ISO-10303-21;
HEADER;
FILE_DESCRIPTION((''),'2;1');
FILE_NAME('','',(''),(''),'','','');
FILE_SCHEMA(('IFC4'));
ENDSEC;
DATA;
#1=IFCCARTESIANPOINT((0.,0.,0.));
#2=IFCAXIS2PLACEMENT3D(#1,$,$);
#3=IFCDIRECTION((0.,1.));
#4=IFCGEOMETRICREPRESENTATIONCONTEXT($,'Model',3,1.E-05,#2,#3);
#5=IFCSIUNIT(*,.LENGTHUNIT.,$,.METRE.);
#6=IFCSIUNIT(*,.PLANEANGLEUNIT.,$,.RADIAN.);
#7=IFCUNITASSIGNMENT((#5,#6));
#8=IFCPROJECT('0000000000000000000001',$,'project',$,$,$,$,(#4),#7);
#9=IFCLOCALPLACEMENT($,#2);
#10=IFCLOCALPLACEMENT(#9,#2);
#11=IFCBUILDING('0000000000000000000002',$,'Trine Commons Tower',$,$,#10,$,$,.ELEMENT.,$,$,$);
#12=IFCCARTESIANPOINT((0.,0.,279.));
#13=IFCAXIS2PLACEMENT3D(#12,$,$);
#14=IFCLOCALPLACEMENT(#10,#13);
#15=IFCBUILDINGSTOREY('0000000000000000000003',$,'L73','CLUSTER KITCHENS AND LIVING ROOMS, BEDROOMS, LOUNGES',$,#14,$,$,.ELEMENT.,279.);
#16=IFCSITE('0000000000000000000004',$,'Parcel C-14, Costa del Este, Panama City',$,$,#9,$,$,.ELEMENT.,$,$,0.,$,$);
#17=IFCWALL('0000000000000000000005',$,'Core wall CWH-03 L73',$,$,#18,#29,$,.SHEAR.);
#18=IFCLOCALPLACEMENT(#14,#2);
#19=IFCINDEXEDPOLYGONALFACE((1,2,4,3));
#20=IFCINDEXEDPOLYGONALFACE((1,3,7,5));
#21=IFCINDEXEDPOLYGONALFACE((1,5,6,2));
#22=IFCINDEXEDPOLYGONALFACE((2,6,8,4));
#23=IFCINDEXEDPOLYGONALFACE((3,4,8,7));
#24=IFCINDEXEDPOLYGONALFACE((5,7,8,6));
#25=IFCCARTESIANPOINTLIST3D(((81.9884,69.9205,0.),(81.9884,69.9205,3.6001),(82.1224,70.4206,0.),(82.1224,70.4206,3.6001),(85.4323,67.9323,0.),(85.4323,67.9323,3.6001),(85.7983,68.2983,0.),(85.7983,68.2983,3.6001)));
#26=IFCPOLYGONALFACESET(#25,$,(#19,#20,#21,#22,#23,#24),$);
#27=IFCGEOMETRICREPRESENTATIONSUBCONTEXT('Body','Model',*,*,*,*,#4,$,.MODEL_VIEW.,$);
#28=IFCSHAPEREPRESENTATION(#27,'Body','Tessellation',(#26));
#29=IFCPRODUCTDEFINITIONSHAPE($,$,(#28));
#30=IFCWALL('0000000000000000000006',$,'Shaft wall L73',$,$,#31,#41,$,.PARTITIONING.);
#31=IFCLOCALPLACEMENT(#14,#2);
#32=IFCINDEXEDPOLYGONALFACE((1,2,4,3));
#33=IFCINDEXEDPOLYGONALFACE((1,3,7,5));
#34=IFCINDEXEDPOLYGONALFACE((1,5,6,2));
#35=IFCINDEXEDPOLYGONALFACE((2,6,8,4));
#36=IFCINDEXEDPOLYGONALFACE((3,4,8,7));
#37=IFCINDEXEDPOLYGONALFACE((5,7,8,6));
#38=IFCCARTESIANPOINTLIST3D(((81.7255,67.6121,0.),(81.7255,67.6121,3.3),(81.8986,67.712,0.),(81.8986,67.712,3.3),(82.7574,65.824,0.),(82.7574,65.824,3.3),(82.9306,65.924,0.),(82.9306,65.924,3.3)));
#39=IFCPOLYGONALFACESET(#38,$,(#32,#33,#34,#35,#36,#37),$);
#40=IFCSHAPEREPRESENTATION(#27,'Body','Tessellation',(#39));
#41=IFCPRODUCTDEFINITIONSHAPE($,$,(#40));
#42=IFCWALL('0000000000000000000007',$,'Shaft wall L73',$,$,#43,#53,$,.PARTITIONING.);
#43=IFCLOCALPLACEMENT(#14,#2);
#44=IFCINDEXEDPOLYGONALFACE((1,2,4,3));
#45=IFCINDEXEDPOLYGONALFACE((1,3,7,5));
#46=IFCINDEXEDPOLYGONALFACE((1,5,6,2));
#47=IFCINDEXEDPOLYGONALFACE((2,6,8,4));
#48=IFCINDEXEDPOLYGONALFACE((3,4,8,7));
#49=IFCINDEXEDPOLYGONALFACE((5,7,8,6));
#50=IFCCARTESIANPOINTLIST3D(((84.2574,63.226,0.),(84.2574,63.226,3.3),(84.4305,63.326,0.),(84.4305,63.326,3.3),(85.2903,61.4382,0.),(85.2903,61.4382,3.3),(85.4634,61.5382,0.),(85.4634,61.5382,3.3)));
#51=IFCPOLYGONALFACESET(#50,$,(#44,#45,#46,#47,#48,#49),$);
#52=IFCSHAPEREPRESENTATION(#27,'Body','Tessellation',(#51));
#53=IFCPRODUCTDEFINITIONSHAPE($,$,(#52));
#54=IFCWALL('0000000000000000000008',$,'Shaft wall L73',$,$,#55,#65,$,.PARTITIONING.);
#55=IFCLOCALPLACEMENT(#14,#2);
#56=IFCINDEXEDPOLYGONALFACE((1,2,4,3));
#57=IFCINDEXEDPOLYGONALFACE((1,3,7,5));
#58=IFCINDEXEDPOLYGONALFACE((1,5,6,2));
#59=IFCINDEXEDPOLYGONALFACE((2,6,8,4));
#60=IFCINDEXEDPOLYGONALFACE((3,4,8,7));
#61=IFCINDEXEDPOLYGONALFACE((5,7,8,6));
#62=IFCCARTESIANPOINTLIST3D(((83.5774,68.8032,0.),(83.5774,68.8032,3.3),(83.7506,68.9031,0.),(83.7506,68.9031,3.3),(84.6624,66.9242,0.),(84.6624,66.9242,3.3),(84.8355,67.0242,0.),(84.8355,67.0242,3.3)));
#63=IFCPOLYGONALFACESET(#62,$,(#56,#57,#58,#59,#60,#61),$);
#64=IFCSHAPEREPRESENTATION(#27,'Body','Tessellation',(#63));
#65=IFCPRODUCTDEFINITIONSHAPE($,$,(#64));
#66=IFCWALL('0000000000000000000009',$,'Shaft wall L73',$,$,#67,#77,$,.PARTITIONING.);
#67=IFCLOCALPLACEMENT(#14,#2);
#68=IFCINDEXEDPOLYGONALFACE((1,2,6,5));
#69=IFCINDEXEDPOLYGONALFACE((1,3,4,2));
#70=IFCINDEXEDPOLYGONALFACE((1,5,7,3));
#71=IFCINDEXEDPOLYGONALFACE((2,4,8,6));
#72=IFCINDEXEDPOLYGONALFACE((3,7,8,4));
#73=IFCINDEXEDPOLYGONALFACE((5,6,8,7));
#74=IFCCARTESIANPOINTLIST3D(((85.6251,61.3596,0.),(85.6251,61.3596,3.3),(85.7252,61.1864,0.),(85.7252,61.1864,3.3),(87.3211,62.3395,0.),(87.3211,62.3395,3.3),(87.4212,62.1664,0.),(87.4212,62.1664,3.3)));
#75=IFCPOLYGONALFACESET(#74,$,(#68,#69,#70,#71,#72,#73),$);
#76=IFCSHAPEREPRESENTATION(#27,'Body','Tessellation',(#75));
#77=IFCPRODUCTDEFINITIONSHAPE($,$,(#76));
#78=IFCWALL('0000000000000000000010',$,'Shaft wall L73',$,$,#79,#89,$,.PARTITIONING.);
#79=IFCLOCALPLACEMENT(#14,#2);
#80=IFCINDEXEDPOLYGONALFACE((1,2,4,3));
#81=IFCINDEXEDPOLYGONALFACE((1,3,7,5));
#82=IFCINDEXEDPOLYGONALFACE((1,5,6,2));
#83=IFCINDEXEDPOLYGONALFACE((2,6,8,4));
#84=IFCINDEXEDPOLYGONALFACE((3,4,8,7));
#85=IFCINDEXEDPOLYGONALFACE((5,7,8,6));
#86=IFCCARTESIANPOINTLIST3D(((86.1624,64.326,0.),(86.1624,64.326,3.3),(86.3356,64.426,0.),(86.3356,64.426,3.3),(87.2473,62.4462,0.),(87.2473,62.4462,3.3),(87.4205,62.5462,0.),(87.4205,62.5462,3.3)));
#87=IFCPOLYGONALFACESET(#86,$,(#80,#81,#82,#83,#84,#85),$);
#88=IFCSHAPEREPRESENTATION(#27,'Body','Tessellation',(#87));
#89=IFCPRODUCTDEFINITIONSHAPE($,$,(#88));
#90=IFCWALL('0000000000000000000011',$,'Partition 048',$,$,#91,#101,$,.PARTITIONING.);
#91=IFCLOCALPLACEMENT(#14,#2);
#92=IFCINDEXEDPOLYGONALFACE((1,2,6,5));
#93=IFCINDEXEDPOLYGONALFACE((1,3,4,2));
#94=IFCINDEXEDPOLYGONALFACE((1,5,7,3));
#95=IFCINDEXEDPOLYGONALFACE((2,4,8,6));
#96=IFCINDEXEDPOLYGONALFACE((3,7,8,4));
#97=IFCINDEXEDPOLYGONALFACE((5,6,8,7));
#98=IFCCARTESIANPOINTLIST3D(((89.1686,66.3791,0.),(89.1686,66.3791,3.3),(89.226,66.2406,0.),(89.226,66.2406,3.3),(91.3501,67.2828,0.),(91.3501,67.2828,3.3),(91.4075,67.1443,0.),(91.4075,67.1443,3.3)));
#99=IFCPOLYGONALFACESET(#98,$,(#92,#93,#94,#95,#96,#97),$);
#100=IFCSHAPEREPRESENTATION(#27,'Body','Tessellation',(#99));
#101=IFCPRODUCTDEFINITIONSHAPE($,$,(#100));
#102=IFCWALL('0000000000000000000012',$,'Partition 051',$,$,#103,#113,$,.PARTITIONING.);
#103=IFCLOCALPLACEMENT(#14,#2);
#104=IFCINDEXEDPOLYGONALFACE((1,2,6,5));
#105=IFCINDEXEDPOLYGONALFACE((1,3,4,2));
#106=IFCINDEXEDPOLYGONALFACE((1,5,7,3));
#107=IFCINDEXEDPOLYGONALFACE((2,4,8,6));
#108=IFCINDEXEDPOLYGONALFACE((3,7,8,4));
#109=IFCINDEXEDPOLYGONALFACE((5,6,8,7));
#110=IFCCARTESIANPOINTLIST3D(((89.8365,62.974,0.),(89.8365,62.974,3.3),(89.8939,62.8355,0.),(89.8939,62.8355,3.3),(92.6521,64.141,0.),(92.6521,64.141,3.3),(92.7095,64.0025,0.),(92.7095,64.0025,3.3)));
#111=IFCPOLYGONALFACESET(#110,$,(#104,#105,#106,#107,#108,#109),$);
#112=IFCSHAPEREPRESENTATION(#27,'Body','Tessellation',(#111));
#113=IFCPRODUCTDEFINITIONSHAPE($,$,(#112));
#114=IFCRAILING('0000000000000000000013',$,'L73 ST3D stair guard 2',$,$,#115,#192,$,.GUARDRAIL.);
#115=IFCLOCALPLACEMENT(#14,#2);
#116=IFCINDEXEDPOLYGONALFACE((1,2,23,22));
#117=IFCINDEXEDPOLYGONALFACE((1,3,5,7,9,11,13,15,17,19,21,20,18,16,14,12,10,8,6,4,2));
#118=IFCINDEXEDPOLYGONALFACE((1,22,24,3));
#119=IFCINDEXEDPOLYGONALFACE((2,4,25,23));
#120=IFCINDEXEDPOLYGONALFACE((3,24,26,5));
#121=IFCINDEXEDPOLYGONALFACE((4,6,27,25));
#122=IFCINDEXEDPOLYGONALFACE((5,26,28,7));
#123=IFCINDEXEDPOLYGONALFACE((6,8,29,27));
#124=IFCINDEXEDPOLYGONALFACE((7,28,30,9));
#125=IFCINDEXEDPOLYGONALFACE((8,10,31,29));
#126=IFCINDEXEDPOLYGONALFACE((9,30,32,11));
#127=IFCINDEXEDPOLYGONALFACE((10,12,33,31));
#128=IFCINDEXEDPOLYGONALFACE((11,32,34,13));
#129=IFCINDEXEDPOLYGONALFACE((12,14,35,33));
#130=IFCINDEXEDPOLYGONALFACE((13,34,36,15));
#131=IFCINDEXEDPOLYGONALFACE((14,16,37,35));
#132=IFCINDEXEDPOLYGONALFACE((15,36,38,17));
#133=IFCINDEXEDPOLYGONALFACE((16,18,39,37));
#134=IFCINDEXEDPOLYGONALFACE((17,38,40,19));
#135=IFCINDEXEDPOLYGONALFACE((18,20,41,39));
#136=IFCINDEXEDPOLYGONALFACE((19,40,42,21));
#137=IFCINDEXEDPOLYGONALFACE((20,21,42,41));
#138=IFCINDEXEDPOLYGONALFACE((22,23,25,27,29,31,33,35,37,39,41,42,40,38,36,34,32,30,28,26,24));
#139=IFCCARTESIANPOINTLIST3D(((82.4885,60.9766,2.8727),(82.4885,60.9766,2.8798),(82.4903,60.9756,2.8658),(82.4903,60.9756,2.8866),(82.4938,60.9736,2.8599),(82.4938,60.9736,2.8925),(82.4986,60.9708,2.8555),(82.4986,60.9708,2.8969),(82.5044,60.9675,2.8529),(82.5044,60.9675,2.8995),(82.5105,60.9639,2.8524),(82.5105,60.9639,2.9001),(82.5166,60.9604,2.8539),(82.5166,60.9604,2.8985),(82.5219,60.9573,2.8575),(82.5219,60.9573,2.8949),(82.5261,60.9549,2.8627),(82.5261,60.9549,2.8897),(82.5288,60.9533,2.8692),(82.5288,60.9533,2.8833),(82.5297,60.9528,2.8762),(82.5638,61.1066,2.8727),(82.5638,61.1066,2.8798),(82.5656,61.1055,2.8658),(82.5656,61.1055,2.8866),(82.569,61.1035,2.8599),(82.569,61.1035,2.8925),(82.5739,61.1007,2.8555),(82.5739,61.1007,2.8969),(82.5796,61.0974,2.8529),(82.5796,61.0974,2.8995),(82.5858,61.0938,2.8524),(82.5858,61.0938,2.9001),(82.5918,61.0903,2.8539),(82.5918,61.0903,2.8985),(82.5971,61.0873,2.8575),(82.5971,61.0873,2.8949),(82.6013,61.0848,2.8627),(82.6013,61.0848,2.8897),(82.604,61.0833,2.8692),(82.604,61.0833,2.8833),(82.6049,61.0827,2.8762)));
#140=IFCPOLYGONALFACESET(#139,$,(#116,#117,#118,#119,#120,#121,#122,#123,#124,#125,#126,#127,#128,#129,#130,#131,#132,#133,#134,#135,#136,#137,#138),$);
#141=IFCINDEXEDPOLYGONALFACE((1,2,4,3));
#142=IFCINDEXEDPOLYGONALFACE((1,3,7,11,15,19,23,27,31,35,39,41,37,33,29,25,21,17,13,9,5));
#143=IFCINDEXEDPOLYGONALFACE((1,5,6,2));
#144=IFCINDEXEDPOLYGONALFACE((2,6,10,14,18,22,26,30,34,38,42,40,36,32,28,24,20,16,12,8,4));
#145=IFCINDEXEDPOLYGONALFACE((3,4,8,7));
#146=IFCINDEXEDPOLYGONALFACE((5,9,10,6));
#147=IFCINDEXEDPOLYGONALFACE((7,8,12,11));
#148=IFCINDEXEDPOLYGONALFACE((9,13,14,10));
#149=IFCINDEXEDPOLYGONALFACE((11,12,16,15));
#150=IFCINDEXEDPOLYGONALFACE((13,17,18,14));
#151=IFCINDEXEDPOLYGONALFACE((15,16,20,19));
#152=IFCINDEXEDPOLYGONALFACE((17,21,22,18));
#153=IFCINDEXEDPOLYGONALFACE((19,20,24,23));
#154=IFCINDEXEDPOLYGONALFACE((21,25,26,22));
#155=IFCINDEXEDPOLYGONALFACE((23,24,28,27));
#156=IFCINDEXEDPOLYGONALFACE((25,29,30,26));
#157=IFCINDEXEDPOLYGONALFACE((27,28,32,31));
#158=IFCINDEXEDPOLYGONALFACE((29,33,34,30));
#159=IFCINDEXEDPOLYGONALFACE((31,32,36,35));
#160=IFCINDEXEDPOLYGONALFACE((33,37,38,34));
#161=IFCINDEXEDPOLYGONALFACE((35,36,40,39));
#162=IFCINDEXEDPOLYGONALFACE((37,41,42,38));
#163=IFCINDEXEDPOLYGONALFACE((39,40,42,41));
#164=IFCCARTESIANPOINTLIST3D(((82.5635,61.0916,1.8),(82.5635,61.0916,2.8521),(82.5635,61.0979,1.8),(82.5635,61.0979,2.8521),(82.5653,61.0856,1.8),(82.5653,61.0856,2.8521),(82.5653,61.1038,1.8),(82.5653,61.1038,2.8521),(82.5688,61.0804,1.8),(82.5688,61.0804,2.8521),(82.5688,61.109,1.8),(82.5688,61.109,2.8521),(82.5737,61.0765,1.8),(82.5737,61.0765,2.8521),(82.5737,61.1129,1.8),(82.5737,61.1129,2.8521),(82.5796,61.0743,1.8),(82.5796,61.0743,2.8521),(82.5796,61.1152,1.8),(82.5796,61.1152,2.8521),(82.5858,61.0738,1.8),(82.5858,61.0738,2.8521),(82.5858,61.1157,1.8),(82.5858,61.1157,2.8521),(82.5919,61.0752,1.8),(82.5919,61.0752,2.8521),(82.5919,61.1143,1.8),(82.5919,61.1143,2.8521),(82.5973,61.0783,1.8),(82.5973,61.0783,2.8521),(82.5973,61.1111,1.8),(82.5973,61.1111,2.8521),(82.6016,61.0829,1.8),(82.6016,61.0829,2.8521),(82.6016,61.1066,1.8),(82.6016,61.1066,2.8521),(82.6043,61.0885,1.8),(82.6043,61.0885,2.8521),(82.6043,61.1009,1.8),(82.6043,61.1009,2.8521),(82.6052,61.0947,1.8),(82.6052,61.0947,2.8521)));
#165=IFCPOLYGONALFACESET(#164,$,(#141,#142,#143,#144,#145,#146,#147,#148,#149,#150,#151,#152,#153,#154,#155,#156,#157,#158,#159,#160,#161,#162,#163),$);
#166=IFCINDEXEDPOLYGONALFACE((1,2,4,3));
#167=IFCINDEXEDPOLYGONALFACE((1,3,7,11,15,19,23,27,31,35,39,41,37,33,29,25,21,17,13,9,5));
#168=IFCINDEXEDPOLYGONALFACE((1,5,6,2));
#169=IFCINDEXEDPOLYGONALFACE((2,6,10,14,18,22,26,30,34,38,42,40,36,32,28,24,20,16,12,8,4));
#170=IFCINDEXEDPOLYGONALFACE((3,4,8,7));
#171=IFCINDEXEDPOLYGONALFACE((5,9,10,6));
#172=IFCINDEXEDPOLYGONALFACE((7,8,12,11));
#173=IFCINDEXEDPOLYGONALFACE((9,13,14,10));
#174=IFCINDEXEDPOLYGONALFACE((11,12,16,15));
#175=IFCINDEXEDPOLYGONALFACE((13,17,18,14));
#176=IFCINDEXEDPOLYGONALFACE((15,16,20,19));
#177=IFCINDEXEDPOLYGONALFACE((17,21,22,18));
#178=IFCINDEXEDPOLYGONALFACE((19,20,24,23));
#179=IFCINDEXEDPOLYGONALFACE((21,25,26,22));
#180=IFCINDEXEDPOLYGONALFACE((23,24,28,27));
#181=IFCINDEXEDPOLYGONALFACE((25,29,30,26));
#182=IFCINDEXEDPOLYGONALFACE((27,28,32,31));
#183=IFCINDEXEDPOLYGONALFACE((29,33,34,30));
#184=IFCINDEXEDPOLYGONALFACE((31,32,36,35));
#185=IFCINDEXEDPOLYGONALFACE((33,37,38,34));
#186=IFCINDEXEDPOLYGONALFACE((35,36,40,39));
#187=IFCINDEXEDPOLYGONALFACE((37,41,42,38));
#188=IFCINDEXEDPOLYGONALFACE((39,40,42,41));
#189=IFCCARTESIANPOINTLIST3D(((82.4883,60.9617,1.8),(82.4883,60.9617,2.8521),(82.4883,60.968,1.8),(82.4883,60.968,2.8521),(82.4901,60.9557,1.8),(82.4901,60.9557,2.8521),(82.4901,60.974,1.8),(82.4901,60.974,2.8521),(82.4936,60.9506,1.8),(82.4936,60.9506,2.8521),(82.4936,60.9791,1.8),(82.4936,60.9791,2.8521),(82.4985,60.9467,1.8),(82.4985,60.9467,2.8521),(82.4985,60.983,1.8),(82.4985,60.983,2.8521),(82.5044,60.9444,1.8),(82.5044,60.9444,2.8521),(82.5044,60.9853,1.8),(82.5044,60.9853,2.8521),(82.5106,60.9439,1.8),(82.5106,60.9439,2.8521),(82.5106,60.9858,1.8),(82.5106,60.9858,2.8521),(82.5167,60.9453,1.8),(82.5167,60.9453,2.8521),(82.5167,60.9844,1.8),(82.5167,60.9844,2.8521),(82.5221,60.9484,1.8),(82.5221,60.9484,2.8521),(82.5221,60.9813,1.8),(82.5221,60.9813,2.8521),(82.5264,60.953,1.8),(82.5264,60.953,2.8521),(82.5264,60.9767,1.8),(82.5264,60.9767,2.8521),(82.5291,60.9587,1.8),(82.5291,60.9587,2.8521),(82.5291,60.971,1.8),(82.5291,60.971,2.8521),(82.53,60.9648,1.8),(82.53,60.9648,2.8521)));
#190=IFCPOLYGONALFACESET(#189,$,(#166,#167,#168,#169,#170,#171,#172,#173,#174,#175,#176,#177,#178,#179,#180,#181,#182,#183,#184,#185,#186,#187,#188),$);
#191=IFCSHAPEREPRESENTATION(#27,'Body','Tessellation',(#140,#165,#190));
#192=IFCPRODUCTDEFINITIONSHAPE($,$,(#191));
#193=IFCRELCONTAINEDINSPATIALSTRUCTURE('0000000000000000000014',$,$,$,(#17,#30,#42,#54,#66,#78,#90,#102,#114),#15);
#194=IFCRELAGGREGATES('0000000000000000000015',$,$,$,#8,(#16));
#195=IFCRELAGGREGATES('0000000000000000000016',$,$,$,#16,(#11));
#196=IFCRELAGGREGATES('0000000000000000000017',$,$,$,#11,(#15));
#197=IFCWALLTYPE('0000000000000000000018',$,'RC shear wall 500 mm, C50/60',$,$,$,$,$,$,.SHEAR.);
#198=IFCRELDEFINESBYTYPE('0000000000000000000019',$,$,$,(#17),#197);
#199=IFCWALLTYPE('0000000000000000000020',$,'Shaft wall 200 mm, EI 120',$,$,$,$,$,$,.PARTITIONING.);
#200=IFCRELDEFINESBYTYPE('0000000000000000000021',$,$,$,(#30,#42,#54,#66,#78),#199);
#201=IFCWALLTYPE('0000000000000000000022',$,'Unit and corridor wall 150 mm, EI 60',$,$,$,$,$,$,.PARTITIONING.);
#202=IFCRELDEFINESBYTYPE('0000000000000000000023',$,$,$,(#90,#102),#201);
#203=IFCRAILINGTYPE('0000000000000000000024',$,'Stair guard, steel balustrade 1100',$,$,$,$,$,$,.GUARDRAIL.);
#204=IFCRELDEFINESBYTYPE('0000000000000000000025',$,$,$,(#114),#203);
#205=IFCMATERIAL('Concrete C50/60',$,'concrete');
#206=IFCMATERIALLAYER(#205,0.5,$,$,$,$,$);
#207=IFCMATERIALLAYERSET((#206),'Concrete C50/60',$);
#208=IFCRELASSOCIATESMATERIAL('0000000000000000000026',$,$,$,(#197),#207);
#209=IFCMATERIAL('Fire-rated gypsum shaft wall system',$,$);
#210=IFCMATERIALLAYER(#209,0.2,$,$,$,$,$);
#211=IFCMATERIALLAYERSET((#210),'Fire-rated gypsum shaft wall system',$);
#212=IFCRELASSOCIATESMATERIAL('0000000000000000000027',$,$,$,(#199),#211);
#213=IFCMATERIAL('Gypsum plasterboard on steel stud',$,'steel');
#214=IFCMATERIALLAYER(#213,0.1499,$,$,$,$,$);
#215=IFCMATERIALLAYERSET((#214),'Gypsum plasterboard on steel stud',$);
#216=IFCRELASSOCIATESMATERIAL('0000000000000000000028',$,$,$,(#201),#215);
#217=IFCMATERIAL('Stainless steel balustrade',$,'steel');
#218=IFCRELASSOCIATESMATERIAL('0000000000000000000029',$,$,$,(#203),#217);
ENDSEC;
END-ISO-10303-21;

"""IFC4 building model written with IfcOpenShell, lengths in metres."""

from ifc_helpers import new_model, si_unit, direction, frame, frame_2d, origin, origin_2d, place, context, subcontext, project, spatial, polyline, rectangle, circle, outline, extrude, material, layer, layer_set, type_object, element, save


model = new_model("IFC4")

# Units and contexts
model_context = context("Model", 3, precision=1e-05, world=origin(), true_north=direction((0.0, 1.0)))
body_context = subcontext(model_context, "Body", "Model", "MODEL_VIEW")
ifc_project = project(units=[si_unit("LENGTHUNIT", "METRE"), si_unit("PLANEANGLEUNIT", "RADIAN")], contexts=[model_context])

# Site, building, storey
site_placement = place(None, origin())
site = spatial("IfcSite", under=ifc_project, at=site_placement, Name="Parcel C-14, Costa del Este, Panama City", CompositionType="ELEMENT", RefElevation=0.0)
building_placement = place(site_placement, origin())
building = spatial("IfcBuilding", under=site, at=building_placement, Name="Trine Commons Tower", CompositionType="ELEMENT")
storey_placement = place(building_placement, frame((0.0, 0.0, 279.0)))
storey = spatial("IfcBuildingStorey", under=building, at=storey_placement, Name="L73", Description="CLUSTER KITCHENS AND LIVING ROOMS, BEDROOMS, LOUNGES", CompositionType="ELEMENT", Elevation=279.0)

# Shared definitions
ifc_material_1 = material(Name="Concrete C50/60", Category="concrete")

# Shared definitions
ifc_material_2 = material(Name="Fire-rated gypsum shaft wall system")
ifc_layer_1 = layer(ifc_material_1, 0.5)
ifc_layer_set_1 = layer_set([ifc_layer_1], Name="Concrete C50/60")
wall_type_1 = type_object("IfcWallType", Name="RC shear wall 500 mm, C50/60", PredefinedType="SHEAR", material=ifc_layer_set_1)

# Walls
wall_1_placement = place(storey_placement, frame((85.6733, 68.0818, 0.0), z_axis=(0.0, 0.0, 1.0), x_axis=(-0.866029, 0.499993, 0.0)))
element("IfcWall", 1, at=wall_1_placement, inside=storey, type_object=wall_type_1, Name="Core wall CWH-03 L73", PredefinedType="SHEAR", context=body_context, shape_type="SweptSolid", body=[
    extrude(outline(polyline([(0.0, -0.25), (4.2446, -0.25), (4.1106, 0.25), (0.134, 0.25), (0.0, -0.25)])), origin(), (0.0, 0.0, 1.0), 3.6001),
])
ifc_layer_2 = layer(ifc_material_2, 0.2)
ifc_layer_set_2 = layer_set([ifc_layer_2], Name="Fire-rated gypsum shaft wall system")
wall_type_2 = type_object("IfcWallType", Name="Shaft wall 200 mm, EI 120", PredefinedType="PARTITIONING", material=ifc_layer_set_2)
wall_2_placement = place(storey_placement, frame((82.844, 65.874, 0.0), z_axis=(0.0, 0.0, 1.0), x_axis=(-0.499866, 0.866103, 0.0)))
element("IfcWall", 2, at=wall_2_placement, inside=storey, type_object=wall_type_2, Name="Shaft wall L73", PredefinedType="PARTITIONING", context=body_context, shape_type="SweptSolid", body=[
    extrude(rectangle(XDim=2.0645, YDim=0.2, at=frame_2d((1.0322, 0.0))), origin(), (0.0, 0.0, 1.0), 3.3),
])
wall_3_placement = place(storey_placement, frame((84.344, 63.2759, 0.0), z_axis=(0.0, 0.0, 1.0), x_axis=(0.500272, -0.865868, 0.0)))
element("IfcWall", 3, at=wall_3_placement, inside=storey, type_object=wall_type_2, Name="Shaft wall L73", PredefinedType="PARTITIONING", context=body_context, shape_type="SweptSolid", body=[
    extrude(rectangle(XDim=2.0647, YDim=0.2, at=frame_2d((1.0322, 0.0))), origin(), (0.0, 0.0, 1.0), 3.3),
])
wall_4_placement = place(storey_placement, frame((84.749, 66.9741, 0.0), z_axis=(0.0, 0.0, 1.0), x_axis=(-0.50006, 0.865991, 0.0)))
element("IfcWall", 4, at=wall_4_placement, inside=storey, type_object=wall_type_2, Name="Shaft wall L73", PredefinedType="PARTITIONING", context=body_context, shape_type="SweptSolid", body=[
    extrude(rectangle(XDim=2.1697, YDim=0.2, at=frame_2d((1.085, 0.0))), origin(), (0.0, 0.0, 1.0), 3.3),
])
wall_5_placement = place(storey_placement, frame((85.675, 61.2729, 0.0), z_axis=(0.0, 0.0, 1.0), x_axis=(0.865855, 0.500294, 0.0)))
element("IfcWall", 5, at=wall_5_placement, inside=storey, type_object=wall_type_2, Name="Shaft wall L73", PredefinedType="PARTITIONING", context=body_context, shape_type="SweptSolid", body=[
    extrude(rectangle(XDim=1.9587, YDim=0.2, at=frame_2d((0.9795, 0.0))), origin(), (0.0, 0.0, 1.0), 3.3),
])
wall_6_placement = place(storey_placement, frame((86.249, 64.376, 0.0), z_axis=(0.0, 0.0, 1.0), x_axis=(0.499865, -0.866103, 0.0)))
element("IfcWall", 6, at=wall_6_placement, inside=storey, type_object=wall_type_2, Name="Shaft wall L73", PredefinedType="PARTITIONING", context=body_context, shape_type="SweptSolid", body=[
    extrude(rectangle(XDim=2.1704, YDim=0.2, at=frame_2d((1.0852, 0.0))), origin(), (0.0, 0.0, 1.0), 3.3),
])
ifc_material_3 = material(Name="Gypsum plasterboard on steel stud", Category="steel")
ifc_layer_3 = layer(ifc_material_3, 0.1499)
ifc_layer_set_3 = layer_set([ifc_layer_3], Name="Gypsum plasterboard on steel stud")
wall_type_3 = type_object("IfcWallType", Name="Unit and corridor wall 150 mm, EI 60", PredefinedType="PARTITIONING", material=ifc_layer_set_3)
wall_7_placement = place(storey_placement, frame((89.1973, 66.3098, 0.0), z_axis=(0.0, 0.0, 1.0), x_axis=(0.923858, 0.382735, 0.0)))
element("IfcWall", 7, at=wall_7_placement, inside=storey, type_object=wall_type_3, Name="Partition 048", PredefinedType="PARTITIONING", context=body_context, shape_type="SweptSolid", body=[
    extrude(rectangle(XDim=2.3613, YDim=0.1499, at=frame_2d((1.1807, 0.0))), origin(), (0.0, 0.0, 1.0), 3.3),
])
wall_8_placement = place(storey_placement, frame((89.8652, 62.9048, 0.0), z_axis=(0.0, 0.0, 1.0), x_axis=(0.923798, 0.38288, 0.0)))
element("IfcWall", 8, at=wall_8_placement, inside=storey, type_object=wall_type_3, Name="Partition 051", PredefinedType="PARTITIONING", context=body_context, shape_type="SweptSolid", body=[
    extrude(rectangle(XDim=3.0479, YDim=0.1499, at=frame_2d((1.5239, 0.0))), origin(), (0.0, 0.0, 1.0), 3.3),
])

# Railing
ifc_material_4 = material(Name="Stainless steel balustrade", Category="steel")
railing_type_1 = type_object("IfcRailingType", Name="Stair guard, steel balustrade 1100", PredefinedType="GUARDRAIL", material=ifc_material_4)
railing_1_placement = place(storey_placement, frame((82.5842, 61.0947, 1.8)))
element("IfcRailing", 9, at=railing_1_placement, inside=storey, type_object=railing_type_1, Name="L73 ST3D stair guard 2", PredefinedType="GUARDRAIL", context=body_context, shape_type="SweptSolid", body=[
    extrude(circle(Radius=0.0239, at=origin_2d()), frame((0.0, 0.0, 1.0762), z_axis=(-0.501036, -0.865426, 0.0), x_axis=(0.865426, -0.501036, 0.0)), (0.0, 0.0, 1.0), 0.1501),
    extrude(circle(Radius=0.021, at=origin_2d()), origin(), (0.0, 0.0, 1.0), 1.052),
    extrude(circle(Radius=0.021, at=origin_2d()), frame((-0.0752, -0.1299, 0.0)), (0.0, 0.0, 1.0), 1.052),
])

save(model, "model.ifc")
